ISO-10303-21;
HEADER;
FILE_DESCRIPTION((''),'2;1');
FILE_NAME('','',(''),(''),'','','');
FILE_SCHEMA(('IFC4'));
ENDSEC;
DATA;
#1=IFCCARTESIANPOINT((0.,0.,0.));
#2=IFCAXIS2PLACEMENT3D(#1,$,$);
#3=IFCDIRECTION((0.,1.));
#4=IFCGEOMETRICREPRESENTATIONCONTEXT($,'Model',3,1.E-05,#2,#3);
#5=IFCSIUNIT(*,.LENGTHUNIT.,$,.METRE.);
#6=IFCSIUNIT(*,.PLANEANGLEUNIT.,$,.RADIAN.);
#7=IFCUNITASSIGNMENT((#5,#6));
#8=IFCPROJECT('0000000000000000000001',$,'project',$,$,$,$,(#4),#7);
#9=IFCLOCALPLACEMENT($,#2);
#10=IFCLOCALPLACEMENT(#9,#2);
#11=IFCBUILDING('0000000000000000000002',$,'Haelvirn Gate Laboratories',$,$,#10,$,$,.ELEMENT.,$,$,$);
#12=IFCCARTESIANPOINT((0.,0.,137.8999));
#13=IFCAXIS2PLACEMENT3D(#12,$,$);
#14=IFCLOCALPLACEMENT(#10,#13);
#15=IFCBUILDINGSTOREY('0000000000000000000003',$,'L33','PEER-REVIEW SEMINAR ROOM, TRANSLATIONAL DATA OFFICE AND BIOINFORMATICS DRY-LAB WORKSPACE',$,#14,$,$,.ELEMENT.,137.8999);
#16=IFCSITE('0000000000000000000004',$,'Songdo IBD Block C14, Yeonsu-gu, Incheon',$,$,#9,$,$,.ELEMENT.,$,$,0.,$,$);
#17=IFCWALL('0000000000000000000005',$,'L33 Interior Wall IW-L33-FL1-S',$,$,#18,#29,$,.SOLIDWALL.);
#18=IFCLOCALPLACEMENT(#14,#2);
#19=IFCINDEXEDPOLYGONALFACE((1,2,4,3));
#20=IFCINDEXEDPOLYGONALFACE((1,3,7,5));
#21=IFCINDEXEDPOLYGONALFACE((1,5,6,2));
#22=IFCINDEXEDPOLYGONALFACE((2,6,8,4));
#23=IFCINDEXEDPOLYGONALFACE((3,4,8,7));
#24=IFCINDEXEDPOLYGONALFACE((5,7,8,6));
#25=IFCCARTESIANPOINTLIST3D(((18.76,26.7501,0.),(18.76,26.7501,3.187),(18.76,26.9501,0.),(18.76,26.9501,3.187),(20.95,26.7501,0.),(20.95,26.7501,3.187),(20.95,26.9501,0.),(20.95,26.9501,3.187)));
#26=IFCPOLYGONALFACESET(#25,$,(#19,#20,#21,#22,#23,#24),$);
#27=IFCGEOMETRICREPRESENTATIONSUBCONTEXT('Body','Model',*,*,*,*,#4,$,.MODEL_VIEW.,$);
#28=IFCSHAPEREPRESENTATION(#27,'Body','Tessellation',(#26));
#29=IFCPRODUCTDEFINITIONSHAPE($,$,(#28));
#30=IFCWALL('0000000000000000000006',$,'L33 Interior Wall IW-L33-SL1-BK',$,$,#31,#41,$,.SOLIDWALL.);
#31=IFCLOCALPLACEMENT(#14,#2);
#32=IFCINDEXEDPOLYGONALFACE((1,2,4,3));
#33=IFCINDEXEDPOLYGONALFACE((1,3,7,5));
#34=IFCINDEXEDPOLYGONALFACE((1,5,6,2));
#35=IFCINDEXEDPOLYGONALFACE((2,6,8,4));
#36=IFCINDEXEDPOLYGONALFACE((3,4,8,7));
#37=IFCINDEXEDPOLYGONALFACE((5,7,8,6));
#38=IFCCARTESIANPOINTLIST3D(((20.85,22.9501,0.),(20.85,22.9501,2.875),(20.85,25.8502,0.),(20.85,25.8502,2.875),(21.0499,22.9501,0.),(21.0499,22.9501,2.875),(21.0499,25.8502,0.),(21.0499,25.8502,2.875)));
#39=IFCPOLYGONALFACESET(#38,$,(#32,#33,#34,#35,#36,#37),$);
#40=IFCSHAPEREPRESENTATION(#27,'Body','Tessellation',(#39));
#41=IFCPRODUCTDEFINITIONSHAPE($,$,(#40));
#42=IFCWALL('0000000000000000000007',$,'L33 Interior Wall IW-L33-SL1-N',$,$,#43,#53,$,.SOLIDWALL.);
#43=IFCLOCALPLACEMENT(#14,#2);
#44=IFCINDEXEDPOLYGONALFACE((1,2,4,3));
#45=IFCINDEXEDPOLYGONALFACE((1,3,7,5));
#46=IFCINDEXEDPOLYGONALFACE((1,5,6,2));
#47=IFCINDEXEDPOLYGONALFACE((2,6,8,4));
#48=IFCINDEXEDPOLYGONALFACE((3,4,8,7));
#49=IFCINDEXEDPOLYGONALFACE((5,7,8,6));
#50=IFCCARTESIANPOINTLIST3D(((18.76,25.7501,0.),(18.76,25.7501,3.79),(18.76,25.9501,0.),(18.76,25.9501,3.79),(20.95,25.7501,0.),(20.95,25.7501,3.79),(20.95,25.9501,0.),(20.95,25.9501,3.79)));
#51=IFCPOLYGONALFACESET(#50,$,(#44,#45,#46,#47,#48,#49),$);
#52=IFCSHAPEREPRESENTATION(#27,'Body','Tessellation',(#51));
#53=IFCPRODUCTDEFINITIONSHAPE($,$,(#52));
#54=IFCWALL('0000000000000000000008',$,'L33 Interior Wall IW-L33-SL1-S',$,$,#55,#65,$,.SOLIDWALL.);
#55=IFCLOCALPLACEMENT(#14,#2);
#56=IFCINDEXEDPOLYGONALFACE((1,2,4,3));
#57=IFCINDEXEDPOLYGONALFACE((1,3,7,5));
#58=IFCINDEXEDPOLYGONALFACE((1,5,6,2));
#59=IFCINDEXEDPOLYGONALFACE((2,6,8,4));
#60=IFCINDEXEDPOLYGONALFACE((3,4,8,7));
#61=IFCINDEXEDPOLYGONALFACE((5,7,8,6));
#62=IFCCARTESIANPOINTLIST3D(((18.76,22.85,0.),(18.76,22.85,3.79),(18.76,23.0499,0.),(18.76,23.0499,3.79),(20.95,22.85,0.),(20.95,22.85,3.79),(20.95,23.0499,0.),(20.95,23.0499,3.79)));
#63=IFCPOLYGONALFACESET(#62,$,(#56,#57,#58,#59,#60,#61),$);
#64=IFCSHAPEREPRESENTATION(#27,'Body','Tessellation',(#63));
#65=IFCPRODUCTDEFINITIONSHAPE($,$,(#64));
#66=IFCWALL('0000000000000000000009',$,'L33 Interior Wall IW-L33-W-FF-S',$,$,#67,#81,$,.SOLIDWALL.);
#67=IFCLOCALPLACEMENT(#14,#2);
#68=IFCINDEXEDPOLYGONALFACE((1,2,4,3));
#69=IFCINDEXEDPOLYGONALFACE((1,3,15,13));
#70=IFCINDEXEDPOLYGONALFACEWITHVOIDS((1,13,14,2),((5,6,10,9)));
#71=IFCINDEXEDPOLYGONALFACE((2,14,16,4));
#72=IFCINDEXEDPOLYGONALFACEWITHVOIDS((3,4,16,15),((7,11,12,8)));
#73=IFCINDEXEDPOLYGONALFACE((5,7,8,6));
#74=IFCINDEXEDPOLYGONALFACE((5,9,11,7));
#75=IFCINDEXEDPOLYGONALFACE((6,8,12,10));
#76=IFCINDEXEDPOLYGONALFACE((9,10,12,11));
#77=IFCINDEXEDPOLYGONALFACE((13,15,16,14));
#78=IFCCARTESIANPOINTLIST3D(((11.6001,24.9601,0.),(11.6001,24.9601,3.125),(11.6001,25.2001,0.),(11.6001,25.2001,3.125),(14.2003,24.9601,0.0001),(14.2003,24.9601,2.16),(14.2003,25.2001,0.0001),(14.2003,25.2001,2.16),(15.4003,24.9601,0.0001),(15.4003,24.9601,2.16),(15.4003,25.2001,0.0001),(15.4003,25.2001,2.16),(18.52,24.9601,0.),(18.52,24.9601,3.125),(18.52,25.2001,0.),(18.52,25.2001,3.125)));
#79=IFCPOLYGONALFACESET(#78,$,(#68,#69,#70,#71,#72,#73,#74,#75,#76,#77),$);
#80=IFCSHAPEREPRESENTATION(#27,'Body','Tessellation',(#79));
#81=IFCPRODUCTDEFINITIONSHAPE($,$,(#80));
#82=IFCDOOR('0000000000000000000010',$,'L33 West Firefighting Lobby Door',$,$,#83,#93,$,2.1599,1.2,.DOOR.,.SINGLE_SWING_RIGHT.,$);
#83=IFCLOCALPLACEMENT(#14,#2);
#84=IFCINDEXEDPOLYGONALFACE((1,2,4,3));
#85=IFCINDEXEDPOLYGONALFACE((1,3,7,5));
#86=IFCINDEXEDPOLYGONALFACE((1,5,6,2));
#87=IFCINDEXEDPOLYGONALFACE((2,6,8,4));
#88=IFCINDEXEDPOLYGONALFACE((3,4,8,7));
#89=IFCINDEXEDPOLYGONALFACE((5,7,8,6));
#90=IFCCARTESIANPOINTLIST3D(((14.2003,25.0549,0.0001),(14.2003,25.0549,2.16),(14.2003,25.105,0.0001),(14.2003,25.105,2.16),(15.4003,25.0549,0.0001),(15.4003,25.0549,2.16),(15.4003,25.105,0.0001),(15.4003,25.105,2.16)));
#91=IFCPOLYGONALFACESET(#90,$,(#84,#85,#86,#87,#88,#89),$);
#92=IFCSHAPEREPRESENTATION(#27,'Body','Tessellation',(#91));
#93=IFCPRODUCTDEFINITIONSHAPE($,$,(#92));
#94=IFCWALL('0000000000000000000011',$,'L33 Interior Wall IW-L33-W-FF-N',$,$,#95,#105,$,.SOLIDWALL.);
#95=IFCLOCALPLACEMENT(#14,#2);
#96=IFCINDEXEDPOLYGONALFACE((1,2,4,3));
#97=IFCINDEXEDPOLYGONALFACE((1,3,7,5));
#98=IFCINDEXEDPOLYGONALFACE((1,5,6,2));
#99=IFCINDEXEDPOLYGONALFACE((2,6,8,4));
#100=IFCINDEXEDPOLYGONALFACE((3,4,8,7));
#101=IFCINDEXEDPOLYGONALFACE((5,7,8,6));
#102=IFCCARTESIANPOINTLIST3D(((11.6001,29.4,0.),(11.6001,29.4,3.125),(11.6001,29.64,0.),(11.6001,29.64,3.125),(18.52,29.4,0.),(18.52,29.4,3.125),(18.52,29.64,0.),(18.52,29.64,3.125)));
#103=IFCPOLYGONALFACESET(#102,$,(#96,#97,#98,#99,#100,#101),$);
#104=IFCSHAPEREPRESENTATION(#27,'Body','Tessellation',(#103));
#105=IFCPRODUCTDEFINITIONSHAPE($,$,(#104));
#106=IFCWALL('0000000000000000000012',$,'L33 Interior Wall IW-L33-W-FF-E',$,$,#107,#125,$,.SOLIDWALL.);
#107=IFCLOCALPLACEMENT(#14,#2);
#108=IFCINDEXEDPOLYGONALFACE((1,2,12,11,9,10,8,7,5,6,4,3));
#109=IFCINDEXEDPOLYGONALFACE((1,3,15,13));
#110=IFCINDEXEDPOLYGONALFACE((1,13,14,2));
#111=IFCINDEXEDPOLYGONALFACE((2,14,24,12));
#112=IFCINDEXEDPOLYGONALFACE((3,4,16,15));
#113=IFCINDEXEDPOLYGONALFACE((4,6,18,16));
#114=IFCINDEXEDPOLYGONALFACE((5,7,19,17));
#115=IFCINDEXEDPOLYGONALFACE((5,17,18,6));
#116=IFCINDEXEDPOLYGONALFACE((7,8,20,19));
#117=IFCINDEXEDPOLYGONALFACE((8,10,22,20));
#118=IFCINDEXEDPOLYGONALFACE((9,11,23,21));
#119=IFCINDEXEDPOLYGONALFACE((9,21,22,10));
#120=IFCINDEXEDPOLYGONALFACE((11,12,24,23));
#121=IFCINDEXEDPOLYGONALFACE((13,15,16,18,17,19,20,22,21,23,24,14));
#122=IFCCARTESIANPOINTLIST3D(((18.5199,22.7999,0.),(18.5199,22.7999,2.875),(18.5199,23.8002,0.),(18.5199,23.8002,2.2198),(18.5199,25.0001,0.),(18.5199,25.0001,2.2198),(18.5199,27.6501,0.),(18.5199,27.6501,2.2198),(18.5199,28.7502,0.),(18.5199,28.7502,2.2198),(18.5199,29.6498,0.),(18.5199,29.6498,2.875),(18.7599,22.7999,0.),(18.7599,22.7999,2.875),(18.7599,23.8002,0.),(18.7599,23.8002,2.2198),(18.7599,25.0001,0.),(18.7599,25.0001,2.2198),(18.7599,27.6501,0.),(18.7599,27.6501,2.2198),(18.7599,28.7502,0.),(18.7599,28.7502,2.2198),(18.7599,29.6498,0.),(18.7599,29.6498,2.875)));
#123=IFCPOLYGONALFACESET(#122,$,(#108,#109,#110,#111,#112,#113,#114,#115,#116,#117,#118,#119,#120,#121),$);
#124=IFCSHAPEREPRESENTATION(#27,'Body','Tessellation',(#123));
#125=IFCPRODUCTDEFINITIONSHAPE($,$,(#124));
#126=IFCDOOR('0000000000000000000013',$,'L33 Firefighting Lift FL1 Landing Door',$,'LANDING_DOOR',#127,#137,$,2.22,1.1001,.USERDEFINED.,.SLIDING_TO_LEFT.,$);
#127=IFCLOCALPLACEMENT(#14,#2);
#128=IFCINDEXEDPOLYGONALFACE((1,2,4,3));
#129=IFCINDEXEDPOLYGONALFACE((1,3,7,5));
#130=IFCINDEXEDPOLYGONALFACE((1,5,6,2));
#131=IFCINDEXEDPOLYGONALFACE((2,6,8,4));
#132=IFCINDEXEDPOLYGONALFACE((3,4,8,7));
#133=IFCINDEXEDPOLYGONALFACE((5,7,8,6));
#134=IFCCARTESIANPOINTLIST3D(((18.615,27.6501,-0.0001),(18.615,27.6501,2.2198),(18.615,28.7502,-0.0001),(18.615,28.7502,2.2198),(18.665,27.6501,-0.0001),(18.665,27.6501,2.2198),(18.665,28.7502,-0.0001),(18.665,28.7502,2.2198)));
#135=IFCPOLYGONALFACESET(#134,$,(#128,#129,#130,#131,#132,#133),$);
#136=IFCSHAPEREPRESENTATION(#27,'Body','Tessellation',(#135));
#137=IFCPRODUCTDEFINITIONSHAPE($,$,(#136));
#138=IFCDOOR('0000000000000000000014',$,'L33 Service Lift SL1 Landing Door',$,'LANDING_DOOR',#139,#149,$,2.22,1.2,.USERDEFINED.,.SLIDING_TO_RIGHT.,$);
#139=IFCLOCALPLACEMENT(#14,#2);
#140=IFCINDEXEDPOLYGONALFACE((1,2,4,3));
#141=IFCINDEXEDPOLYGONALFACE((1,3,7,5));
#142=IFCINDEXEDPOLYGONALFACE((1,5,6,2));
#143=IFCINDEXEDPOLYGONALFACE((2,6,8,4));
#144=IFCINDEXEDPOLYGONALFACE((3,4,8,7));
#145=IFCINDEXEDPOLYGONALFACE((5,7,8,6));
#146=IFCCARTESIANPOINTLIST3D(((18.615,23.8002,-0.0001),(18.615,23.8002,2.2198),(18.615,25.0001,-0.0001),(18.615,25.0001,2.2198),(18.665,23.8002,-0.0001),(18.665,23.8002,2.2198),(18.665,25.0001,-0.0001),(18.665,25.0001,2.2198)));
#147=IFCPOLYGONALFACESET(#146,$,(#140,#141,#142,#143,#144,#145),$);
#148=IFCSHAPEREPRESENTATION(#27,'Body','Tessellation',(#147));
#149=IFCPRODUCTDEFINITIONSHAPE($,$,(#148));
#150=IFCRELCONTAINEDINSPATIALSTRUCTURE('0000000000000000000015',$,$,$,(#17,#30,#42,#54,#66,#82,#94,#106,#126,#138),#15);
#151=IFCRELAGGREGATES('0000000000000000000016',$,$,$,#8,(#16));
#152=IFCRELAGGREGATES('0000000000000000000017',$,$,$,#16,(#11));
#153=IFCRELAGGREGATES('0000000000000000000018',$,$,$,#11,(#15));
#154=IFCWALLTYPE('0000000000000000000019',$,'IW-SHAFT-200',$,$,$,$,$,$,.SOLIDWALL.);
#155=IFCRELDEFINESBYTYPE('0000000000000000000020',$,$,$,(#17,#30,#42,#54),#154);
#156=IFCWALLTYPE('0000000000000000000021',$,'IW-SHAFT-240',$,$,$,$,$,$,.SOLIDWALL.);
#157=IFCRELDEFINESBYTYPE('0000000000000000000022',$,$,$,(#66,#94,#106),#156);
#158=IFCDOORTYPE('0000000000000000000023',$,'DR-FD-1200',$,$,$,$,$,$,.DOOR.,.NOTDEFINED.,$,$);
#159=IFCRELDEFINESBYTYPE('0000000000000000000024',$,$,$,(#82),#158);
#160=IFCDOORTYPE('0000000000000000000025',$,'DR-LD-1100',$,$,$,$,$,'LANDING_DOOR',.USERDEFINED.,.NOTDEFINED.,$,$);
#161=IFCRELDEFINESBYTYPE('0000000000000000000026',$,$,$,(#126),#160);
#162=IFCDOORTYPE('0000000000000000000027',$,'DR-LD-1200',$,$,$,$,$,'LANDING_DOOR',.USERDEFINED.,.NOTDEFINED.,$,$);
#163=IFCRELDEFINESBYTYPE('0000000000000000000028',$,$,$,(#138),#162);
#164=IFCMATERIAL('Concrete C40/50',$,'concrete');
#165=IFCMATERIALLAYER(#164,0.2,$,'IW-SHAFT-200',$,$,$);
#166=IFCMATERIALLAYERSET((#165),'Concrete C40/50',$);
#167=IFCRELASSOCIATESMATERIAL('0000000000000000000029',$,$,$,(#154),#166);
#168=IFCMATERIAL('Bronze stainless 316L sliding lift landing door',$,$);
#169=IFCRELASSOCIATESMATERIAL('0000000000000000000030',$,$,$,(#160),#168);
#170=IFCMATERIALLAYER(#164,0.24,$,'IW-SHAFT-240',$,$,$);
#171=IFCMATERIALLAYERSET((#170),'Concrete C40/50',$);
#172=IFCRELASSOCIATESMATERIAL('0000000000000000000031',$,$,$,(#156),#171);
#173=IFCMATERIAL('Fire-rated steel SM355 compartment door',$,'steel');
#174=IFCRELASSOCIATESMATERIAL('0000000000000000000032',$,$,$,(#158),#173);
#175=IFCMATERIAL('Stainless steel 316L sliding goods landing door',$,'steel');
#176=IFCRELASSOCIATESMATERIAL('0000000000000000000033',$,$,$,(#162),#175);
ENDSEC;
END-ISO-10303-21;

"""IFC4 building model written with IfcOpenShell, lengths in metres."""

from ifc_helpers import new_model, si_unit, direction, frame, frame_2d, origin, place, context, subcontext, project, spatial, rectangle, extrude, source, transform, mapped, material, layer, layer_set, type_object, type_shapes, element, fill, save


model = new_model("IFC4")

# Units and contexts
model_context = context("Model", 3, precision=1e-05, world=origin(), true_north=direction((0.0, 1.0)))
body_context = subcontext(model_context, "Body", "Model", "MODEL_VIEW")
ifc_project = project(units=[si_unit("LENGTHUNIT", "METRE"), si_unit("PLANEANGLEUNIT", "RADIAN")], contexts=[model_context])

# Site, building, storey
site_placement = place(None, origin())
site = spatial("IfcSite", under=ifc_project, at=site_placement, Name="Songdo IBD Block C14, Yeonsu-gu, Incheon", CompositionType="ELEMENT", RefElevation=0.0)
building_placement = place(site_placement, origin())
building = spatial("IfcBuilding", under=site, at=building_placement, Name="Haelvirn Gate Laboratories", CompositionType="ELEMENT")
storey_placement = place(building_placement, frame((0.0, 0.0, 137.8999)))
storey = spatial("IfcBuildingStorey", under=building, at=storey_placement, Name="L33", Description="PEER-REVIEW SEMINAR ROOM, TRANSLATIONAL DATA OFFICE AND BIOINFORMATICS DRY-LAB WORKSPACE", CompositionType="ELEMENT", Elevation=137.8999)

# Shared definitions
ifc_material_1 = material(Name="Concrete C40/50", Category="concrete")

# Shared definitions
ifc_layer_1 = layer(ifc_material_1, 0.2, Name="IW-SHAFT-200")
ifc_layer_set_1 = layer_set([ifc_layer_1], Name="Concrete C40/50")
wall_type_1 = type_object("IfcWallType", Name="IW-SHAFT-200", PredefinedType="SOLIDWALL", material=ifc_layer_set_1)
ifc_material_2 = material(Name="Bronze stainless 316L sliding lift landing door")
door_type_1 = type_object("IfcDoorType", Name="DR-LD-1100", ElementType="LANDING_DOOR", OperationType="NOTDEFINED", PredefinedType="USERDEFINED", material=ifc_material_2)
shared_shape_1 = source(origin(), body_context, "Body", "SweptSolid", [
    extrude(rectangle(XDim=1.1001, YDim=2.22, at=frame_2d((0.55, 1.1099))), frame((0.0, 0.0249, 0.0), z_axis=(0.0, -1.0, 0.0), x_axis=(1.0, 0.0, 0.0)), (0.0, 0.0, 1.0), 0.05),
])
type_shapes(door_type_1, [shared_shape_1])

# Walls
wall_1_placement = place(storey_placement, frame((18.76, 26.8501, 0.0), z_axis=(0.0, 0.0, 1.0), x_axis=(1.0, 0.0, 0.0)))
element("IfcWall", 1, at=wall_1_placement, inside=storey, type_object=wall_type_1, Name="L33 Interior Wall IW-L33-FL1-S", PredefinedType="SOLIDWALL", context=body_context, shape_type="SweptSolid", body=[
    extrude(rectangle(XDim=2.1899, YDim=0.2, at=frame_2d((1.095, 0.0))), origin(), (0.0, 0.0, 1.0), 3.187),
])
wall_2_placement = place(storey_placement, frame((20.95, 22.95, 0.0), z_axis=(0.0, 0.0, 1.0), x_axis=(0.0, 1.0, 0.0)))
element("IfcWall", 2, at=wall_2_placement, inside=storey, type_object=wall_type_1, Name="L33 Interior Wall IW-L33-SL1-BK", PredefinedType="SOLIDWALL", context=body_context, shape_type="SweptSolid", body=[
    extrude(rectangle(XDim=2.9001, YDim=0.2, at=frame_2d((1.4502, 0.0))), origin(), (0.0, 0.0, 1.0), 2.875),
])
for number, where, z_axis, x_axis, name in (
    (3, (18.76, 25.8501, 0.0), (0.0, 0.0, 1.0), (1.0, 0.0, 0.0), "L33 Interior Wall IW-L33-SL1-N"),
    (4, (18.76, 22.95, 0.0), (0.0, 0.0, 1.0), (1.0, 0.0, 0.0), "L33 Interior Wall IW-L33-SL1-S"),
):
    element("IfcWall", number, at=place(storey_placement, frame(where, z_axis=z_axis, x_axis=x_axis)), inside=storey, type_object=wall_type_1, Name=name, PredefinedType="SOLIDWALL", context=body_context, shape_type="SweptSolid", body=[
        extrude(rectangle(XDim=2.1899, YDim=0.2, at=frame_2d((1.095, 0.0))), origin(), (0.0, 0.0, 1.0), 3.79),
    ])

# Wall, opening, door
ifc_layer_2 = layer(ifc_material_1, 0.24, Name="IW-SHAFT-240")
ifc_layer_set_2 = layer_set([ifc_layer_2], Name="Concrete C40/50")
wall_type_2 = type_object("IfcWallType", Name="IW-SHAFT-240", PredefinedType="SOLIDWALL", material=ifc_layer_set_2)
wall_3_placement = place(storey_placement, frame((11.6001, 25.0801, 0.0), z_axis=(0.0, 0.0, 1.0), x_axis=(1.0, 0.0, 0.0)))
wall_3 = element("IfcWall", 5, at=wall_3_placement, inside=storey, type_object=wall_type_2, Name="L33 Interior Wall IW-L33-W-FF-S", PredefinedType="SOLIDWALL", context=body_context, shape_type="SweptSolid", body=[
    extrude(rectangle(XDim=6.9199, YDim=0.24, at=frame_2d((3.46, 0.0))), origin(), (0.0, 0.0, 1.0), 3.125),
])
opening_1_placement = place(wall_3_placement, frame((2.6001, 0.0, 0.0)))
opening_1 = element("IfcOpeningElement", 6, at=opening_1_placement, cuts=wall_3, PredefinedType="OPENING", context=body_context, shape_type="SweptSolid", body=[
    extrude(rectangle(XDim=1.2, YDim=2.1599, at=frame_2d((0.6001, 1.0801))), frame((0.0, 0.1299, 0.0), z_axis=(0.0, -1.0, 0.0), x_axis=(1.0, 0.0, 0.0)), (0.0, 0.0, 1.0), 0.26),
])
ifc_material_3 = material(Name="Fire-rated steel SM355 compartment door", Category="steel")
door_type_2 = type_object("IfcDoorType", Name="DR-FD-1200", OperationType="NOTDEFINED", PredefinedType="DOOR", material=ifc_material_3)
shared_shape_2 = source(origin(), body_context, "Body", "SweptSolid", [
    extrude(rectangle(XDim=1.2, YDim=2.1599, at=frame_2d((0.6001, 1.0801))), frame((0.0, 0.0249, 0.0), z_axis=(0.0, -1.0, 0.0), x_axis=(1.0, 0.0, 0.0)), (0.0, 0.0, 1.0), 0.05),
])
type_shapes(door_type_2, [shared_shape_2])
door_1_placement = place(opening_1_placement, origin())
door_1 = element("IfcDoor", 7, at=door_1_placement, inside=storey, type_object=door_type_2, Name="L33 West Firefighting Lobby Door", OperationType="SINGLE_SWING_RIGHT", OverallHeight=2.1599, OverallWidth=1.2, PredefinedType="DOOR", context=body_context, shape_type="MappedRepresentation", body=[
    mapped(shared_shape_2, transform((0.0, 0.0, 0.0), scale=1.0)),
])
fill(opening_1, door_1)

# Wall
wall_4_placement = place(storey_placement, frame((11.6001, 29.52, 0.0), z_axis=(0.0, 0.0, 1.0), x_axis=(1.0, 0.0, 0.0)))
element("IfcWall", 8, at=wall_4_placement, inside=storey, type_object=wall_type_2, Name="L33 Interior Wall IW-L33-W-FF-N", PredefinedType="SOLIDWALL", context=body_context, shape_type="SweptSolid", body=[
    extrude(rectangle(XDim=6.9199, YDim=0.24, at=frame_2d((3.46, 0.0))), origin(), (0.0, 0.0, 1.0), 3.125),
])

# Wall, openings, doors
wall_5_placement = place(storey_placement, frame((18.6399, 22.8, 0.0), z_axis=(0.0, 0.0, 1.0), x_axis=(0.0, 1.0, 0.0)))
wall_5 = element("IfcWall", 9, at=wall_5_placement, inside=storey, type_object=wall_type_2, Name="L33 Interior Wall IW-L33-W-FF-E", PredefinedType="SOLIDWALL", context=body_context, shape_type="SweptSolid", body=[
    extrude(rectangle(XDim=6.8499, YDim=0.24, at=frame_2d((3.4248, 0.0))), origin(), (0.0, 0.0, 1.0), 2.875),
])
opening_2_placement = place(wall_5_placement, frame((4.8501, 0.0, 0.0)))
opening_2 = element("IfcOpeningElement", 10, at=opening_2_placement, cuts=wall_5, PredefinedType="OPENING", context=body_context, shape_type="SweptSolid", body=[
    extrude(rectangle(XDim=1.1001, YDim=2.22, at=frame_2d((0.55, 1.1099))), frame((0.0, 0.1299, 0.0), z_axis=(0.0, -1.0, 0.0), x_axis=(1.0, 0.0, 0.0)), (0.0, 0.0, 1.0), 0.26),
])
opening_3_placement = place(wall_5_placement, frame((1.0, 0.0, 0.0)))
opening_3 = element("IfcOpeningElement", 11, at=opening_3_placement, cuts=wall_5, PredefinedType="OPENING", context=body_context, shape_type="SweptSolid", body=[
    extrude(rectangle(XDim=1.2, YDim=2.22, at=frame_2d((0.6001, 1.1099))), frame((0.0, 0.1299, 0.0), z_axis=(0.0, -1.0, 0.0), x_axis=(1.0, 0.0, 0.0)), (0.0, 0.0, 1.0), 0.26),
])
door_2_placement = place(opening_2_placement, origin())
door_2 = element("IfcDoor", 12, at=door_2_placement, inside=storey, type_object=door_type_1, Name="L33 Firefighting Lift FL1 Landing Door", ObjectType="LANDING_DOOR", OperationType="SLIDING_TO_LEFT", OverallHeight=2.22, OverallWidth=1.1001, PredefinedType="USERDEFINED", context=body_context, shape_type="MappedRepresentation", body=[
    mapped(shared_shape_1, transform((0.0, 0.0, 0.0), scale=1.0)),
])
fill(opening_2, door_2)
ifc_material_4 = material(Name="Stainless steel 316L sliding goods landing door", Category="steel")
door_type_3 = type_object("IfcDoorType", Name="DR-LD-1200", ElementType="LANDING_DOOR", OperationType="NOTDEFINED", PredefinedType="USERDEFINED", material=ifc_material_4)
shared_shape_3 = source(origin(), body_context, "Body", "SweptSolid", [
    extrude(rectangle(XDim=1.2, YDim=2.22, at=frame_2d((0.6001, 1.1099))), frame((0.0, 0.0249, 0.0), z_axis=(0.0, -1.0, 0.0), x_axis=(1.0, 0.0, 0.0)), (0.0, 0.0, 1.0), 0.05),
])
type_shapes(door_type_3, [shared_shape_3])
door_3_placement = place(opening_3_placement, origin())
door_3 = element("IfcDoor", 13, at=door_3_placement, inside=storey, type_object=door_type_3, Name="L33 Service Lift SL1 Landing Door", ObjectType="LANDING_DOOR", OperationType="SLIDING_TO_RIGHT", OverallHeight=2.22, OverallWidth=1.2, PredefinedType="USERDEFINED", context=body_context, shape_type="MappedRepresentation", body=[
    mapped(shared_shape_3, transform((0.0, 0.0, 0.0), scale=1.0)),
])
fill(opening_3, door_3)

save(model, "model.ifc")
